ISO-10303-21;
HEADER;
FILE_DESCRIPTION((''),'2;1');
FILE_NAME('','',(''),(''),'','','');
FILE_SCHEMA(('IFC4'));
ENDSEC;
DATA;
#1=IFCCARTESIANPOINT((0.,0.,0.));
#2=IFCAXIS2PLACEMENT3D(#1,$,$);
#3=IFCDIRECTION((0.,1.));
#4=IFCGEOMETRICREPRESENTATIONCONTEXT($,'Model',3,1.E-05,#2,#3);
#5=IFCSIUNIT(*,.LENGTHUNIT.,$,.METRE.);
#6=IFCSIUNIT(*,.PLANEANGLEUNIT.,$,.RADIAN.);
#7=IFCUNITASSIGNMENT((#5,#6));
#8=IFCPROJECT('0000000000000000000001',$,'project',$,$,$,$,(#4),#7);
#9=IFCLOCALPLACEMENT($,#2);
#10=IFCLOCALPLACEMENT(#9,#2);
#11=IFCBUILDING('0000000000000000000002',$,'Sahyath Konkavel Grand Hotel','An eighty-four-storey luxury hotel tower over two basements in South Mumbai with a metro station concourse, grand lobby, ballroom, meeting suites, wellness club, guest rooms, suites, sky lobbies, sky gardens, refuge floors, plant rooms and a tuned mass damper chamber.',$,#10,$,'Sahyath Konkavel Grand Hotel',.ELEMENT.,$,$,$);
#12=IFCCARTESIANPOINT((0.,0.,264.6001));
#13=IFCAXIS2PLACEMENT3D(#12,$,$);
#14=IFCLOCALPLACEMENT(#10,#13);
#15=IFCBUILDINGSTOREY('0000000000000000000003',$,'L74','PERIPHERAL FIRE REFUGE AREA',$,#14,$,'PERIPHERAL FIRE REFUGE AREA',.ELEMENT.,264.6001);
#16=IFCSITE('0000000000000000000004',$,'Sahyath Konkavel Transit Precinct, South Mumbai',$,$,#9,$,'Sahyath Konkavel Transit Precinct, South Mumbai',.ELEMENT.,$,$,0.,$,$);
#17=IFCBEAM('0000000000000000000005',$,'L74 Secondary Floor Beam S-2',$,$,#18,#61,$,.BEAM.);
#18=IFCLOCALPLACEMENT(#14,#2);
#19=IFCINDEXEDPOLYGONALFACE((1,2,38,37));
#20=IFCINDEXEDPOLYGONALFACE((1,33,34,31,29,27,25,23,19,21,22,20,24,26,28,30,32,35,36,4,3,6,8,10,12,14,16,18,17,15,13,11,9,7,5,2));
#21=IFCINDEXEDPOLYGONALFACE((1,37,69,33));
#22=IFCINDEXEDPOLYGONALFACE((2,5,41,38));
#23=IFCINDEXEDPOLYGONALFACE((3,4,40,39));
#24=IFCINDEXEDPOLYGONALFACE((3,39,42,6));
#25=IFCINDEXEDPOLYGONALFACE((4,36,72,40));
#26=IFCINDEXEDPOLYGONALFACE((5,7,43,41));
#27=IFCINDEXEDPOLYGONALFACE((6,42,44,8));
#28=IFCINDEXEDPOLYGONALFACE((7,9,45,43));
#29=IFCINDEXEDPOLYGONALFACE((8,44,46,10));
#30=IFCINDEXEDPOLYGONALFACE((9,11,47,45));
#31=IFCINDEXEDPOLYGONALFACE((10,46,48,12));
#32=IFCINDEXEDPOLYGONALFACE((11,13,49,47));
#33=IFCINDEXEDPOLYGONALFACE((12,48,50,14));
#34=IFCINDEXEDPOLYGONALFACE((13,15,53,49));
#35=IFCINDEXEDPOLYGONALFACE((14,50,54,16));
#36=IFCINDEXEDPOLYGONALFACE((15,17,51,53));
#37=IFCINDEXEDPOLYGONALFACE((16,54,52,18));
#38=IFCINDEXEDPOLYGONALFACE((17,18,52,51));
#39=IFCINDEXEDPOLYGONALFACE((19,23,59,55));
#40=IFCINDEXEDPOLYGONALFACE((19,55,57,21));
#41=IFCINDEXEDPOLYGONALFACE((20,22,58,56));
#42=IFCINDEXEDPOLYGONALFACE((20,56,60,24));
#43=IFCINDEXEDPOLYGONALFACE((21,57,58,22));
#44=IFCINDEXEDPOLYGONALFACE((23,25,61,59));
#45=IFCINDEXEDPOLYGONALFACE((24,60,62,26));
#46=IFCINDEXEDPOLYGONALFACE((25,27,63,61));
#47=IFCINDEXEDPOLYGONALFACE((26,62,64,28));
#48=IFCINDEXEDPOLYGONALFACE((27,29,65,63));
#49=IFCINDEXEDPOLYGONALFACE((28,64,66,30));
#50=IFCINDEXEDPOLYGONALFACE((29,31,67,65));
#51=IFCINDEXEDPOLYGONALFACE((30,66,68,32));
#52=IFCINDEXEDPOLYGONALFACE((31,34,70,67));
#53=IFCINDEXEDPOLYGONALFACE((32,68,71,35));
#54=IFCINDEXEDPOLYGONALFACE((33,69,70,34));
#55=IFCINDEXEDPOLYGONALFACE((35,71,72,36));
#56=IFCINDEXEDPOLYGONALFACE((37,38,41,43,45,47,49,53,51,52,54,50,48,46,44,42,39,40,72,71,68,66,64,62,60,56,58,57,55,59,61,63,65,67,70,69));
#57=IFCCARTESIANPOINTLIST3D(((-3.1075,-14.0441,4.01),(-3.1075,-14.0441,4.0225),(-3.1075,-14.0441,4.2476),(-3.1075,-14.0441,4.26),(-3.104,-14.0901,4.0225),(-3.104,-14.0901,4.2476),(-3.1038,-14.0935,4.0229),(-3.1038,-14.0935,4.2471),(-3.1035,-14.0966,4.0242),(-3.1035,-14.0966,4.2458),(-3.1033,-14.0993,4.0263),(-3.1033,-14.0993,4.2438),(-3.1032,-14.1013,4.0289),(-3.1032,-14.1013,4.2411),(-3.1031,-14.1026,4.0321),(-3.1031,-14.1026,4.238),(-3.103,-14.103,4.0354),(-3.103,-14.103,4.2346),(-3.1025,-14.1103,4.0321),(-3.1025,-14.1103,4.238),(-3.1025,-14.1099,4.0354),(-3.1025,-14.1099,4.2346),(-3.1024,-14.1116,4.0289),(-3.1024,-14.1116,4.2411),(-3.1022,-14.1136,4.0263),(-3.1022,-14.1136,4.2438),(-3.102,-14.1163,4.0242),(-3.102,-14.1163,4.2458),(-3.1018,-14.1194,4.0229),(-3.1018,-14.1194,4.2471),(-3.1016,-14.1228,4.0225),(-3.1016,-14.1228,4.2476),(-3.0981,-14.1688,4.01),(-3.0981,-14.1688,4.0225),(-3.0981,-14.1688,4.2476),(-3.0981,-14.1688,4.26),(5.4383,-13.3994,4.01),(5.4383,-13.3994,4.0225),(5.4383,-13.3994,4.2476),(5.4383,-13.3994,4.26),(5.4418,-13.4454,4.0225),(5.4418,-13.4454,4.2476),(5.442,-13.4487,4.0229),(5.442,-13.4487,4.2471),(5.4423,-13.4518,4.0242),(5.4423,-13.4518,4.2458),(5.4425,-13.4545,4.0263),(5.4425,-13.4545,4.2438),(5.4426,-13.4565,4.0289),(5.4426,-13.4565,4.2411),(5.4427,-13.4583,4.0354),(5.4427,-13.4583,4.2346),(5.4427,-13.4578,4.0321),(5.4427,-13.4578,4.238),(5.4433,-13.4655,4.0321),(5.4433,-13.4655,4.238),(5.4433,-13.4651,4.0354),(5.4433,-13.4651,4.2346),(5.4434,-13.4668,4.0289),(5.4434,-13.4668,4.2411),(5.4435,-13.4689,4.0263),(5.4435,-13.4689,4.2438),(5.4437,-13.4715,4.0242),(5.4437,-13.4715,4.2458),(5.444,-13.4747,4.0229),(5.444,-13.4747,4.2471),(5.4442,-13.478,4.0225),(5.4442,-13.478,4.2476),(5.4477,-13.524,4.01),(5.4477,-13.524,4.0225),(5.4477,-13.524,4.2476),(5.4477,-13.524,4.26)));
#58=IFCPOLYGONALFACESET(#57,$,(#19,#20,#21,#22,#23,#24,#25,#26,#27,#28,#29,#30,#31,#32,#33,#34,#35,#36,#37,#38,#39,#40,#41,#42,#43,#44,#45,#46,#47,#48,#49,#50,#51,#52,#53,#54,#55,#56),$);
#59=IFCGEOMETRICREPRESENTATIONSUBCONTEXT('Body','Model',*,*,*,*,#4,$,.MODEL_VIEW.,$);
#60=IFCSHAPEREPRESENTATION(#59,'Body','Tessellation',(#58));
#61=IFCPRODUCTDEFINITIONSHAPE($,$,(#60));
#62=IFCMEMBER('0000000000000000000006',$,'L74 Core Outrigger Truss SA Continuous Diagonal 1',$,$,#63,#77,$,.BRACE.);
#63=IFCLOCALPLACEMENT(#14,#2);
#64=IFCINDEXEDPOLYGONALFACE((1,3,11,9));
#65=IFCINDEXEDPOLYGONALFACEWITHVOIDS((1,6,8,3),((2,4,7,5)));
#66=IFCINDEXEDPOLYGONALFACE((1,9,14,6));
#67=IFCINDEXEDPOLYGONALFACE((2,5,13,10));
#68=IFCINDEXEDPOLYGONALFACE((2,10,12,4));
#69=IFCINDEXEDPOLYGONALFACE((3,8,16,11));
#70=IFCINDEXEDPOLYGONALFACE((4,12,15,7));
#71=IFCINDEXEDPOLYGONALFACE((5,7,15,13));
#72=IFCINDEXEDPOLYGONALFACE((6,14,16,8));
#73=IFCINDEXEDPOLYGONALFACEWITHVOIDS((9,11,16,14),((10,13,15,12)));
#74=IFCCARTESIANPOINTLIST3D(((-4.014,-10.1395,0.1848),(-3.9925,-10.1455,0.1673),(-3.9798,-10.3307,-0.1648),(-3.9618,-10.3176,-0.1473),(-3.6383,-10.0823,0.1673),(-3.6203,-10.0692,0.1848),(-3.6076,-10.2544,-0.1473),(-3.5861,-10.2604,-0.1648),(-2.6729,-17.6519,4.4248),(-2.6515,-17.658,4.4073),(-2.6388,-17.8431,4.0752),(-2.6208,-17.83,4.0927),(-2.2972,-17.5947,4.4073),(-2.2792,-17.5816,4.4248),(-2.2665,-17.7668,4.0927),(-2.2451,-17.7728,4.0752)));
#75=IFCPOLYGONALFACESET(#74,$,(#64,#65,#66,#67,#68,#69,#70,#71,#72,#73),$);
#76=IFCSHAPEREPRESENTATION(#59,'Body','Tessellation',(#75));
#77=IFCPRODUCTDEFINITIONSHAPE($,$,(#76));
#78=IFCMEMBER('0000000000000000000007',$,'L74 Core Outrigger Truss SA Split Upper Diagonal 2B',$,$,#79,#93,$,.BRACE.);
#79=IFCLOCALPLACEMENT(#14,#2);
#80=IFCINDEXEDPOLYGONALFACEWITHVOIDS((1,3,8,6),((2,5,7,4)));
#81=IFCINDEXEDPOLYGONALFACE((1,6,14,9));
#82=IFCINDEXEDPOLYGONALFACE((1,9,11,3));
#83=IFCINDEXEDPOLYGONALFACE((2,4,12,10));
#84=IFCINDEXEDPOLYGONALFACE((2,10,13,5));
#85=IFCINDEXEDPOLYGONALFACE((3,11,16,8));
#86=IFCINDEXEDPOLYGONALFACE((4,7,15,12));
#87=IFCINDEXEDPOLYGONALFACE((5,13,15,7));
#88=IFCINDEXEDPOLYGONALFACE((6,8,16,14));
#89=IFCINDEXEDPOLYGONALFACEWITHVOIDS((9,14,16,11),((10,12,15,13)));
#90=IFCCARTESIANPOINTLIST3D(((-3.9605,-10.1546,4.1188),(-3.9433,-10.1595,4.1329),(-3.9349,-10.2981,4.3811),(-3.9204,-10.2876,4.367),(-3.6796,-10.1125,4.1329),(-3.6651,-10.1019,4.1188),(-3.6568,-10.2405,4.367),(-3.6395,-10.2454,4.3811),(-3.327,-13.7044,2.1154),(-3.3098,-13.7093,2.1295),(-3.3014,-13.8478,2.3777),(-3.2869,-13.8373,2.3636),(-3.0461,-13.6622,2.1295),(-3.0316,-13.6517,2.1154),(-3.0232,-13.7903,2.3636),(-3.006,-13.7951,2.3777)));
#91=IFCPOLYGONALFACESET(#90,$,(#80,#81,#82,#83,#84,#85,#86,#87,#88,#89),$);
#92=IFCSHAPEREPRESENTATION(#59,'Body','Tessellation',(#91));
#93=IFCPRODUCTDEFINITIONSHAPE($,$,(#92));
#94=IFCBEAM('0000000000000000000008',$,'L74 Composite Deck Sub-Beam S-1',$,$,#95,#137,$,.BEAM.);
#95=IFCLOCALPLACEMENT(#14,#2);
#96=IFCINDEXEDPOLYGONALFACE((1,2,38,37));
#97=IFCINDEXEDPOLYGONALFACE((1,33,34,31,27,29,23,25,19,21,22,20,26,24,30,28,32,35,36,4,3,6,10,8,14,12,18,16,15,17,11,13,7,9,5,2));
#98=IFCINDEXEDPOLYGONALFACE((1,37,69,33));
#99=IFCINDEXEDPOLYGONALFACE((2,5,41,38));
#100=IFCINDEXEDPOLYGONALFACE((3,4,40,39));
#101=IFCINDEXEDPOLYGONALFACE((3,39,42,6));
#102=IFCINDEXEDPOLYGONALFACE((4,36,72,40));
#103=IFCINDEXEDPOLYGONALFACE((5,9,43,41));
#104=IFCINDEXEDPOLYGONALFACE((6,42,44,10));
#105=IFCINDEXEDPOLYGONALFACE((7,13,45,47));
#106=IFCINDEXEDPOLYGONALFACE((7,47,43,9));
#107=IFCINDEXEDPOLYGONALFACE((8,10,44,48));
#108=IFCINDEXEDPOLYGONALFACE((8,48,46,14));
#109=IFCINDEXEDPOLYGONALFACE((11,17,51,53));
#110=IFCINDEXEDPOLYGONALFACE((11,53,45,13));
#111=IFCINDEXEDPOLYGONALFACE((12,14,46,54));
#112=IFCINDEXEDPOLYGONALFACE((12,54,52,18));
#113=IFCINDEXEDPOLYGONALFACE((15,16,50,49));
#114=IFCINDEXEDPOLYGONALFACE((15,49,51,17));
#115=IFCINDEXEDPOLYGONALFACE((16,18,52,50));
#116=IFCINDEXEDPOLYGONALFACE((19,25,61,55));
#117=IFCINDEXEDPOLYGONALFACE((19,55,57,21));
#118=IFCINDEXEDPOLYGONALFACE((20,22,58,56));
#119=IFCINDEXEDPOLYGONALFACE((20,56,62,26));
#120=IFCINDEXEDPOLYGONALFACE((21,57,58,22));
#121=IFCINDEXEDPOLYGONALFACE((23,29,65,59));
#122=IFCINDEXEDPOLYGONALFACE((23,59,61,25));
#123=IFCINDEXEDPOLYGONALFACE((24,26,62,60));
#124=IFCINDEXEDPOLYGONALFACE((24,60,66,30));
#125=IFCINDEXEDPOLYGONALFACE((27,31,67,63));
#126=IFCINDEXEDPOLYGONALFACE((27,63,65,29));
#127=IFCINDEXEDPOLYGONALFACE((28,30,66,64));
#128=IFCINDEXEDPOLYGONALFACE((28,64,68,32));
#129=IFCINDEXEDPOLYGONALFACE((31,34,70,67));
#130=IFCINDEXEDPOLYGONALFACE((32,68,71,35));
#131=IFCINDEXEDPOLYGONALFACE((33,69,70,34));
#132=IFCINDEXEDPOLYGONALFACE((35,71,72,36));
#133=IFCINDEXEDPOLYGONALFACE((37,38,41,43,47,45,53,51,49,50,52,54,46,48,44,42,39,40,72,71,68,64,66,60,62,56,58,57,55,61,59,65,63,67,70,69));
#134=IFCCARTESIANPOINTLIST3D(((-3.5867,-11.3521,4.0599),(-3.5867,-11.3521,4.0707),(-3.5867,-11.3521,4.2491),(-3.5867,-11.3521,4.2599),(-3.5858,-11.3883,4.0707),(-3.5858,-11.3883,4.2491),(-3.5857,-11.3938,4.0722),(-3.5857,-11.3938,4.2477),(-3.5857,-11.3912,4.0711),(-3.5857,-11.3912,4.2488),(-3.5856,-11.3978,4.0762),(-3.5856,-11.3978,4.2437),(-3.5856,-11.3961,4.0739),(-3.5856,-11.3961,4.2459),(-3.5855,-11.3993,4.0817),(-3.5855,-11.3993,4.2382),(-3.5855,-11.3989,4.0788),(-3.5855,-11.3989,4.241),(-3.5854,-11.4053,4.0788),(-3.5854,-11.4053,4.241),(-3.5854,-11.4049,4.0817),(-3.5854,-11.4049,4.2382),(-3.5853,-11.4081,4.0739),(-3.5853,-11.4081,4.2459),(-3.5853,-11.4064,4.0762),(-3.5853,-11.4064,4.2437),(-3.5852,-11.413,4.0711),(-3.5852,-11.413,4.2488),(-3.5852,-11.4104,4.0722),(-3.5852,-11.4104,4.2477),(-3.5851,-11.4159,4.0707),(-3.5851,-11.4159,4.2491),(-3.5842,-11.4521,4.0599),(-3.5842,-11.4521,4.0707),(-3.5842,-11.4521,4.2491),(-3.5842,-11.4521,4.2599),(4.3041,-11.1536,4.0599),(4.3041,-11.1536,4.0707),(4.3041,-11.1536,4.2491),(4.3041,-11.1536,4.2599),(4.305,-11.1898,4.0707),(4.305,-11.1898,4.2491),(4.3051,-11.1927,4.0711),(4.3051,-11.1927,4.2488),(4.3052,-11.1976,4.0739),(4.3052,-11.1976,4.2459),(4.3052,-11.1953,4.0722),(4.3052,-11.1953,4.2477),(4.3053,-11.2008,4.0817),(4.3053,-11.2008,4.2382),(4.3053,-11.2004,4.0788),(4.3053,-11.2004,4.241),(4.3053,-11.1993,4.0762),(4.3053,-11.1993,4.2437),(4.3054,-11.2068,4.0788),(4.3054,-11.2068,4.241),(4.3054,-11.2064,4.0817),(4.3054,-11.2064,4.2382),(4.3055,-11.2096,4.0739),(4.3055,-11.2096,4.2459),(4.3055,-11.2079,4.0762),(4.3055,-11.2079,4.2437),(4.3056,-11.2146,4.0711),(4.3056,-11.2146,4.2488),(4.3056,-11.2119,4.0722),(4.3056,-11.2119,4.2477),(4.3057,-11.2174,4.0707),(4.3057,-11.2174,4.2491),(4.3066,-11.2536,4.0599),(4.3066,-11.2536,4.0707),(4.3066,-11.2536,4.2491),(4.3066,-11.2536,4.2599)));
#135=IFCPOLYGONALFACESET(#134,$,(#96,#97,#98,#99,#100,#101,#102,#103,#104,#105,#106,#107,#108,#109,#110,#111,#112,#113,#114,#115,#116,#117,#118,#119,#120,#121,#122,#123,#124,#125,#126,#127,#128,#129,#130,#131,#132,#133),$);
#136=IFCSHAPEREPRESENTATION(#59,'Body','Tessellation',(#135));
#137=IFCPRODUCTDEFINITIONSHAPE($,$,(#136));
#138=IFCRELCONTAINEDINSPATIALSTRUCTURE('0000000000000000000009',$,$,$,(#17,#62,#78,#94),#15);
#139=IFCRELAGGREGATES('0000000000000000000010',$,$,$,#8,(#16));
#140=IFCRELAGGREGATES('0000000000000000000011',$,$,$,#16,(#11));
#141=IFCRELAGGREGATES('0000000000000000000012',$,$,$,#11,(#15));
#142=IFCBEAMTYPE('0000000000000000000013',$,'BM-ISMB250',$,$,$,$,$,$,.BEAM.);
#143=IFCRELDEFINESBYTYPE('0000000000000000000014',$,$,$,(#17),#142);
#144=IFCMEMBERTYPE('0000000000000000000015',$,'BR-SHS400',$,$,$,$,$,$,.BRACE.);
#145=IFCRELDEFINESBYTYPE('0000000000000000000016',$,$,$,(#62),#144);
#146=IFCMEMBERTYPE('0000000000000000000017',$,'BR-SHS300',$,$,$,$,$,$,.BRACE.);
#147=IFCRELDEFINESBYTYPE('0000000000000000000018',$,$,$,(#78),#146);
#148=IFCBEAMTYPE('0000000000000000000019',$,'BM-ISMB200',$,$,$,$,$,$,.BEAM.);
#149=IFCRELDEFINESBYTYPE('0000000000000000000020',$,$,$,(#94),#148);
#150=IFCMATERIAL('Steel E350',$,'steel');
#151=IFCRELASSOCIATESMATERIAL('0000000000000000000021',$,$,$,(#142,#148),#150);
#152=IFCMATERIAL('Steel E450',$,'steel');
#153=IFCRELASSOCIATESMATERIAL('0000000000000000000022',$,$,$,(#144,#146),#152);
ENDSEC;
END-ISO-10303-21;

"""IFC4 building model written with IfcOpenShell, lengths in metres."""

from ifc_helpers import new_model, si_unit, direction, frame, origin, origin_2d, place, context, subcontext, project, spatial, hollow_rectangle, i_section, extrude, source, transform, mapped, material, material_profile, profile_set, type_object, element, save


model = new_model("IFC4")

# Units and contexts
model_context = context("Model", 3, precision=1e-05, world=origin(), true_north=direction((0.0, 1.0)))
body_context = subcontext(model_context, "Body", "Model", "MODEL_VIEW")
ifc_project = project(units=[si_unit("LENGTHUNIT", "METRE"), si_unit("PLANEANGLEUNIT", "RADIAN")], contexts=[model_context])

# Site, building, storey
site_placement = place(None, origin())
site = spatial("IfcSite", under=ifc_project, at=site_placement, Name="Sahyath Konkavel Transit Precinct, South Mumbai", LongName="Sahyath Konkavel Transit Precinct, South Mumbai", CompositionType="ELEMENT", RefElevation=0.0)
building_placement = place(site_placement, origin())
building = spatial("IfcBuilding", under=site, at=building_placement, Name="Sahyath Konkavel Grand Hotel", Description="An eighty-four-storey luxury hotel tower over two basements in South Mumbai with a metro station concourse, grand lobby, ballroom, meeting suites, wellness club, guest rooms, suites, sky lobbies, sky gardens, refuge floors, plant rooms and a tuned mass damper chamber.", LongName="Sahyath Konkavel Grand Hotel", CompositionType="ELEMENT")
storey_placement = place(building_placement, frame((0.0, 0.0, 264.6001)))
storey = spatial("IfcBuildingStorey", under=building, at=storey_placement, Name="L74", Description="PERIPHERAL FIRE REFUGE AREA", LongName="PERIPHERAL FIRE REFUGE AREA", CompositionType="ELEMENT", Elevation=264.6001)

# Beam
ifc_material_1 = material(Name="Steel E350", Category="steel")
ifc_material_profile_1 = material_profile(ifc_material_1, i_section(OverallWidth=0.125, OverallDepth=0.25, WebThickness=0.0068, FlangeThickness=0.0125, FilletRadius=0.0129, at=origin_2d()), Name="ISMB 250")
ifc_profile_set_1 = profile_set([ifc_material_profile_1], Name="Steel E350")
beam_type_1 = type_object("IfcBeamType", Name="BM-ISMB250", PredefinedType="BEAM", material=ifc_profile_set_1)
shared_shape_1 = source(origin(), body_context, "Body", "SweptSolid", [
    extrude(i_section(OverallWidth=0.125, OverallDepth=0.25, WebThickness=0.0068, FlangeThickness=0.0125, FilletRadius=0.0129, at=origin_2d()), origin(), (0.0, 0.0, 1.0), 8.5701),
])
beam_1_placement = place(storey_placement, frame((-3.1028, -14.1064, 4.135), z_axis=(0.997166, 0.075235, 0.0), x_axis=(-0.075235, 0.997166, 0.0)))
element("IfcBeam", 1, at=beam_1_placement, inside=storey, type_object=beam_type_1, Name="L74 Secondary Floor Beam S-2", PredefinedType="BEAM", context=body_context, shape_type="MappedRepresentation", body=[
    mapped(shared_shape_1, transform((0.0, 0.0, 0.0), scale=1.0)),
])

# Members
ifc_material_2 = material(Name="Steel E450", Category="steel")
ifc_material_profile_2 = material_profile(ifc_material_2, hollow_rectangle(XDim=0.3999, YDim=0.3999, WallThickness=0.02, at=origin_2d()), Name="SHS 400x400x20")
ifc_profile_set_2 = profile_set([ifc_material_profile_2], Name="Steel E450")
member_type_1 = type_object("IfcMemberType", Name="BR-SHS400", PredefinedType="BRACE", material=ifc_profile_set_2)
shared_shape_2 = source(origin(), body_context, "Body", "SweptSolid", [
    extrude(hollow_rectangle(XDim=0.3999, YDim=0.3999, WallThickness=0.02, at=origin_2d()), origin(), (0.0, 0.0, 1.0), 8.73),
])
member_1_placement = place(storey_placement, frame((-3.8, -10.2, 0.01), z_axis=(0.153616, -0.860533, 0.48568), x_axis=(0.984438, 0.175734, 0.0)))
element("IfcMember", 2, at=member_1_placement, inside=storey, type_object=member_type_1, Name="L74 Core Outrigger Truss SA Continuous Diagonal 1", PredefinedType="BRACE", context=body_context, shape_type="MappedRepresentation", body=[
    mapped(shared_shape_2, transform((0.0, 0.0, 0.0), scale=1.0)),
])
ifc_material_profile_3 = material_profile(ifc_material_2, hollow_rectangle(XDim=0.3, YDim=0.3, WallThickness=0.0161, at=origin_2d()), Name="SHS 300x300x16")
ifc_profile_set_3 = profile_set([ifc_material_profile_3], Name="Steel E450")
member_type_2 = type_object("IfcMemberType", Name="BR-SHS300", PredefinedType="BRACE", material=ifc_profile_set_3)
shared_shape_3 = source(origin(), body_context, "Body", "SweptSolid", [
    extrude(hollow_rectangle(XDim=0.3, YDim=0.3, WallThickness=0.0161, at=origin_2d()), origin(), (0.0, 0.0, 1.0), 4.125),
])
member_2_placement = place(storey_placement, frame((-3.1665, -13.7498, 2.2466), z_axis=(-0.153584, 0.860545, 0.485669), x_axis=(-0.984444, -0.175697, 0.0)))
element("IfcMember", 3, at=member_2_placement, inside=storey, type_object=member_type_2, Name="L74 Core Outrigger Truss SA Split Upper Diagonal 2B", PredefinedType="BRACE", context=body_context, shape_type="MappedRepresentation", body=[
    mapped(shared_shape_3, transform((0.0, 0.0, 0.0), scale=1.0)),
])

# Beam
ifc_material_profile_4 = material_profile(ifc_material_1, i_section(OverallWidth=0.1001, OverallDepth=0.2, WebThickness=0.0056, FlangeThickness=0.0107, FilletRadius=0.011, at=origin_2d()), Name="ISMB 200")
ifc_profile_set_4 = profile_set([ifc_material_profile_4], Name="Steel E350")
beam_type_2 = type_object("IfcBeamType", Name="BM-ISMB200", PredefinedType="BEAM", material=ifc_profile_set_4)
shared_shape_4 = source(origin(), body_context, "Body", "SweptSolid", [
    extrude(i_section(OverallWidth=0.1001, OverallDepth=0.2, WebThickness=0.0056, FlangeThickness=0.0107, FilletRadius=0.011, at=origin_2d()), origin(), (0.0, 0.0, 1.0), 7.8933),
])
beam_2_placement = place(storey_placement, frame((-3.5854, -11.4021, 4.1599), z_axis=(0.999684, 0.025146, 0.0), x_axis=(-0.025146, 0.999684, 0.0)))
element("IfcBeam", 4, at=beam_2_placement, inside=storey, type_object=beam_type_2, Name="L74 Composite Deck Sub-Beam S-1", PredefinedType="BEAM", context=body_context, shape_type="MappedRepresentation", body=[
    mapped(shared_shape_4, transform((0.0, 0.0, 0.0), scale=1.0)),
])

save(model, "model.ifc")
